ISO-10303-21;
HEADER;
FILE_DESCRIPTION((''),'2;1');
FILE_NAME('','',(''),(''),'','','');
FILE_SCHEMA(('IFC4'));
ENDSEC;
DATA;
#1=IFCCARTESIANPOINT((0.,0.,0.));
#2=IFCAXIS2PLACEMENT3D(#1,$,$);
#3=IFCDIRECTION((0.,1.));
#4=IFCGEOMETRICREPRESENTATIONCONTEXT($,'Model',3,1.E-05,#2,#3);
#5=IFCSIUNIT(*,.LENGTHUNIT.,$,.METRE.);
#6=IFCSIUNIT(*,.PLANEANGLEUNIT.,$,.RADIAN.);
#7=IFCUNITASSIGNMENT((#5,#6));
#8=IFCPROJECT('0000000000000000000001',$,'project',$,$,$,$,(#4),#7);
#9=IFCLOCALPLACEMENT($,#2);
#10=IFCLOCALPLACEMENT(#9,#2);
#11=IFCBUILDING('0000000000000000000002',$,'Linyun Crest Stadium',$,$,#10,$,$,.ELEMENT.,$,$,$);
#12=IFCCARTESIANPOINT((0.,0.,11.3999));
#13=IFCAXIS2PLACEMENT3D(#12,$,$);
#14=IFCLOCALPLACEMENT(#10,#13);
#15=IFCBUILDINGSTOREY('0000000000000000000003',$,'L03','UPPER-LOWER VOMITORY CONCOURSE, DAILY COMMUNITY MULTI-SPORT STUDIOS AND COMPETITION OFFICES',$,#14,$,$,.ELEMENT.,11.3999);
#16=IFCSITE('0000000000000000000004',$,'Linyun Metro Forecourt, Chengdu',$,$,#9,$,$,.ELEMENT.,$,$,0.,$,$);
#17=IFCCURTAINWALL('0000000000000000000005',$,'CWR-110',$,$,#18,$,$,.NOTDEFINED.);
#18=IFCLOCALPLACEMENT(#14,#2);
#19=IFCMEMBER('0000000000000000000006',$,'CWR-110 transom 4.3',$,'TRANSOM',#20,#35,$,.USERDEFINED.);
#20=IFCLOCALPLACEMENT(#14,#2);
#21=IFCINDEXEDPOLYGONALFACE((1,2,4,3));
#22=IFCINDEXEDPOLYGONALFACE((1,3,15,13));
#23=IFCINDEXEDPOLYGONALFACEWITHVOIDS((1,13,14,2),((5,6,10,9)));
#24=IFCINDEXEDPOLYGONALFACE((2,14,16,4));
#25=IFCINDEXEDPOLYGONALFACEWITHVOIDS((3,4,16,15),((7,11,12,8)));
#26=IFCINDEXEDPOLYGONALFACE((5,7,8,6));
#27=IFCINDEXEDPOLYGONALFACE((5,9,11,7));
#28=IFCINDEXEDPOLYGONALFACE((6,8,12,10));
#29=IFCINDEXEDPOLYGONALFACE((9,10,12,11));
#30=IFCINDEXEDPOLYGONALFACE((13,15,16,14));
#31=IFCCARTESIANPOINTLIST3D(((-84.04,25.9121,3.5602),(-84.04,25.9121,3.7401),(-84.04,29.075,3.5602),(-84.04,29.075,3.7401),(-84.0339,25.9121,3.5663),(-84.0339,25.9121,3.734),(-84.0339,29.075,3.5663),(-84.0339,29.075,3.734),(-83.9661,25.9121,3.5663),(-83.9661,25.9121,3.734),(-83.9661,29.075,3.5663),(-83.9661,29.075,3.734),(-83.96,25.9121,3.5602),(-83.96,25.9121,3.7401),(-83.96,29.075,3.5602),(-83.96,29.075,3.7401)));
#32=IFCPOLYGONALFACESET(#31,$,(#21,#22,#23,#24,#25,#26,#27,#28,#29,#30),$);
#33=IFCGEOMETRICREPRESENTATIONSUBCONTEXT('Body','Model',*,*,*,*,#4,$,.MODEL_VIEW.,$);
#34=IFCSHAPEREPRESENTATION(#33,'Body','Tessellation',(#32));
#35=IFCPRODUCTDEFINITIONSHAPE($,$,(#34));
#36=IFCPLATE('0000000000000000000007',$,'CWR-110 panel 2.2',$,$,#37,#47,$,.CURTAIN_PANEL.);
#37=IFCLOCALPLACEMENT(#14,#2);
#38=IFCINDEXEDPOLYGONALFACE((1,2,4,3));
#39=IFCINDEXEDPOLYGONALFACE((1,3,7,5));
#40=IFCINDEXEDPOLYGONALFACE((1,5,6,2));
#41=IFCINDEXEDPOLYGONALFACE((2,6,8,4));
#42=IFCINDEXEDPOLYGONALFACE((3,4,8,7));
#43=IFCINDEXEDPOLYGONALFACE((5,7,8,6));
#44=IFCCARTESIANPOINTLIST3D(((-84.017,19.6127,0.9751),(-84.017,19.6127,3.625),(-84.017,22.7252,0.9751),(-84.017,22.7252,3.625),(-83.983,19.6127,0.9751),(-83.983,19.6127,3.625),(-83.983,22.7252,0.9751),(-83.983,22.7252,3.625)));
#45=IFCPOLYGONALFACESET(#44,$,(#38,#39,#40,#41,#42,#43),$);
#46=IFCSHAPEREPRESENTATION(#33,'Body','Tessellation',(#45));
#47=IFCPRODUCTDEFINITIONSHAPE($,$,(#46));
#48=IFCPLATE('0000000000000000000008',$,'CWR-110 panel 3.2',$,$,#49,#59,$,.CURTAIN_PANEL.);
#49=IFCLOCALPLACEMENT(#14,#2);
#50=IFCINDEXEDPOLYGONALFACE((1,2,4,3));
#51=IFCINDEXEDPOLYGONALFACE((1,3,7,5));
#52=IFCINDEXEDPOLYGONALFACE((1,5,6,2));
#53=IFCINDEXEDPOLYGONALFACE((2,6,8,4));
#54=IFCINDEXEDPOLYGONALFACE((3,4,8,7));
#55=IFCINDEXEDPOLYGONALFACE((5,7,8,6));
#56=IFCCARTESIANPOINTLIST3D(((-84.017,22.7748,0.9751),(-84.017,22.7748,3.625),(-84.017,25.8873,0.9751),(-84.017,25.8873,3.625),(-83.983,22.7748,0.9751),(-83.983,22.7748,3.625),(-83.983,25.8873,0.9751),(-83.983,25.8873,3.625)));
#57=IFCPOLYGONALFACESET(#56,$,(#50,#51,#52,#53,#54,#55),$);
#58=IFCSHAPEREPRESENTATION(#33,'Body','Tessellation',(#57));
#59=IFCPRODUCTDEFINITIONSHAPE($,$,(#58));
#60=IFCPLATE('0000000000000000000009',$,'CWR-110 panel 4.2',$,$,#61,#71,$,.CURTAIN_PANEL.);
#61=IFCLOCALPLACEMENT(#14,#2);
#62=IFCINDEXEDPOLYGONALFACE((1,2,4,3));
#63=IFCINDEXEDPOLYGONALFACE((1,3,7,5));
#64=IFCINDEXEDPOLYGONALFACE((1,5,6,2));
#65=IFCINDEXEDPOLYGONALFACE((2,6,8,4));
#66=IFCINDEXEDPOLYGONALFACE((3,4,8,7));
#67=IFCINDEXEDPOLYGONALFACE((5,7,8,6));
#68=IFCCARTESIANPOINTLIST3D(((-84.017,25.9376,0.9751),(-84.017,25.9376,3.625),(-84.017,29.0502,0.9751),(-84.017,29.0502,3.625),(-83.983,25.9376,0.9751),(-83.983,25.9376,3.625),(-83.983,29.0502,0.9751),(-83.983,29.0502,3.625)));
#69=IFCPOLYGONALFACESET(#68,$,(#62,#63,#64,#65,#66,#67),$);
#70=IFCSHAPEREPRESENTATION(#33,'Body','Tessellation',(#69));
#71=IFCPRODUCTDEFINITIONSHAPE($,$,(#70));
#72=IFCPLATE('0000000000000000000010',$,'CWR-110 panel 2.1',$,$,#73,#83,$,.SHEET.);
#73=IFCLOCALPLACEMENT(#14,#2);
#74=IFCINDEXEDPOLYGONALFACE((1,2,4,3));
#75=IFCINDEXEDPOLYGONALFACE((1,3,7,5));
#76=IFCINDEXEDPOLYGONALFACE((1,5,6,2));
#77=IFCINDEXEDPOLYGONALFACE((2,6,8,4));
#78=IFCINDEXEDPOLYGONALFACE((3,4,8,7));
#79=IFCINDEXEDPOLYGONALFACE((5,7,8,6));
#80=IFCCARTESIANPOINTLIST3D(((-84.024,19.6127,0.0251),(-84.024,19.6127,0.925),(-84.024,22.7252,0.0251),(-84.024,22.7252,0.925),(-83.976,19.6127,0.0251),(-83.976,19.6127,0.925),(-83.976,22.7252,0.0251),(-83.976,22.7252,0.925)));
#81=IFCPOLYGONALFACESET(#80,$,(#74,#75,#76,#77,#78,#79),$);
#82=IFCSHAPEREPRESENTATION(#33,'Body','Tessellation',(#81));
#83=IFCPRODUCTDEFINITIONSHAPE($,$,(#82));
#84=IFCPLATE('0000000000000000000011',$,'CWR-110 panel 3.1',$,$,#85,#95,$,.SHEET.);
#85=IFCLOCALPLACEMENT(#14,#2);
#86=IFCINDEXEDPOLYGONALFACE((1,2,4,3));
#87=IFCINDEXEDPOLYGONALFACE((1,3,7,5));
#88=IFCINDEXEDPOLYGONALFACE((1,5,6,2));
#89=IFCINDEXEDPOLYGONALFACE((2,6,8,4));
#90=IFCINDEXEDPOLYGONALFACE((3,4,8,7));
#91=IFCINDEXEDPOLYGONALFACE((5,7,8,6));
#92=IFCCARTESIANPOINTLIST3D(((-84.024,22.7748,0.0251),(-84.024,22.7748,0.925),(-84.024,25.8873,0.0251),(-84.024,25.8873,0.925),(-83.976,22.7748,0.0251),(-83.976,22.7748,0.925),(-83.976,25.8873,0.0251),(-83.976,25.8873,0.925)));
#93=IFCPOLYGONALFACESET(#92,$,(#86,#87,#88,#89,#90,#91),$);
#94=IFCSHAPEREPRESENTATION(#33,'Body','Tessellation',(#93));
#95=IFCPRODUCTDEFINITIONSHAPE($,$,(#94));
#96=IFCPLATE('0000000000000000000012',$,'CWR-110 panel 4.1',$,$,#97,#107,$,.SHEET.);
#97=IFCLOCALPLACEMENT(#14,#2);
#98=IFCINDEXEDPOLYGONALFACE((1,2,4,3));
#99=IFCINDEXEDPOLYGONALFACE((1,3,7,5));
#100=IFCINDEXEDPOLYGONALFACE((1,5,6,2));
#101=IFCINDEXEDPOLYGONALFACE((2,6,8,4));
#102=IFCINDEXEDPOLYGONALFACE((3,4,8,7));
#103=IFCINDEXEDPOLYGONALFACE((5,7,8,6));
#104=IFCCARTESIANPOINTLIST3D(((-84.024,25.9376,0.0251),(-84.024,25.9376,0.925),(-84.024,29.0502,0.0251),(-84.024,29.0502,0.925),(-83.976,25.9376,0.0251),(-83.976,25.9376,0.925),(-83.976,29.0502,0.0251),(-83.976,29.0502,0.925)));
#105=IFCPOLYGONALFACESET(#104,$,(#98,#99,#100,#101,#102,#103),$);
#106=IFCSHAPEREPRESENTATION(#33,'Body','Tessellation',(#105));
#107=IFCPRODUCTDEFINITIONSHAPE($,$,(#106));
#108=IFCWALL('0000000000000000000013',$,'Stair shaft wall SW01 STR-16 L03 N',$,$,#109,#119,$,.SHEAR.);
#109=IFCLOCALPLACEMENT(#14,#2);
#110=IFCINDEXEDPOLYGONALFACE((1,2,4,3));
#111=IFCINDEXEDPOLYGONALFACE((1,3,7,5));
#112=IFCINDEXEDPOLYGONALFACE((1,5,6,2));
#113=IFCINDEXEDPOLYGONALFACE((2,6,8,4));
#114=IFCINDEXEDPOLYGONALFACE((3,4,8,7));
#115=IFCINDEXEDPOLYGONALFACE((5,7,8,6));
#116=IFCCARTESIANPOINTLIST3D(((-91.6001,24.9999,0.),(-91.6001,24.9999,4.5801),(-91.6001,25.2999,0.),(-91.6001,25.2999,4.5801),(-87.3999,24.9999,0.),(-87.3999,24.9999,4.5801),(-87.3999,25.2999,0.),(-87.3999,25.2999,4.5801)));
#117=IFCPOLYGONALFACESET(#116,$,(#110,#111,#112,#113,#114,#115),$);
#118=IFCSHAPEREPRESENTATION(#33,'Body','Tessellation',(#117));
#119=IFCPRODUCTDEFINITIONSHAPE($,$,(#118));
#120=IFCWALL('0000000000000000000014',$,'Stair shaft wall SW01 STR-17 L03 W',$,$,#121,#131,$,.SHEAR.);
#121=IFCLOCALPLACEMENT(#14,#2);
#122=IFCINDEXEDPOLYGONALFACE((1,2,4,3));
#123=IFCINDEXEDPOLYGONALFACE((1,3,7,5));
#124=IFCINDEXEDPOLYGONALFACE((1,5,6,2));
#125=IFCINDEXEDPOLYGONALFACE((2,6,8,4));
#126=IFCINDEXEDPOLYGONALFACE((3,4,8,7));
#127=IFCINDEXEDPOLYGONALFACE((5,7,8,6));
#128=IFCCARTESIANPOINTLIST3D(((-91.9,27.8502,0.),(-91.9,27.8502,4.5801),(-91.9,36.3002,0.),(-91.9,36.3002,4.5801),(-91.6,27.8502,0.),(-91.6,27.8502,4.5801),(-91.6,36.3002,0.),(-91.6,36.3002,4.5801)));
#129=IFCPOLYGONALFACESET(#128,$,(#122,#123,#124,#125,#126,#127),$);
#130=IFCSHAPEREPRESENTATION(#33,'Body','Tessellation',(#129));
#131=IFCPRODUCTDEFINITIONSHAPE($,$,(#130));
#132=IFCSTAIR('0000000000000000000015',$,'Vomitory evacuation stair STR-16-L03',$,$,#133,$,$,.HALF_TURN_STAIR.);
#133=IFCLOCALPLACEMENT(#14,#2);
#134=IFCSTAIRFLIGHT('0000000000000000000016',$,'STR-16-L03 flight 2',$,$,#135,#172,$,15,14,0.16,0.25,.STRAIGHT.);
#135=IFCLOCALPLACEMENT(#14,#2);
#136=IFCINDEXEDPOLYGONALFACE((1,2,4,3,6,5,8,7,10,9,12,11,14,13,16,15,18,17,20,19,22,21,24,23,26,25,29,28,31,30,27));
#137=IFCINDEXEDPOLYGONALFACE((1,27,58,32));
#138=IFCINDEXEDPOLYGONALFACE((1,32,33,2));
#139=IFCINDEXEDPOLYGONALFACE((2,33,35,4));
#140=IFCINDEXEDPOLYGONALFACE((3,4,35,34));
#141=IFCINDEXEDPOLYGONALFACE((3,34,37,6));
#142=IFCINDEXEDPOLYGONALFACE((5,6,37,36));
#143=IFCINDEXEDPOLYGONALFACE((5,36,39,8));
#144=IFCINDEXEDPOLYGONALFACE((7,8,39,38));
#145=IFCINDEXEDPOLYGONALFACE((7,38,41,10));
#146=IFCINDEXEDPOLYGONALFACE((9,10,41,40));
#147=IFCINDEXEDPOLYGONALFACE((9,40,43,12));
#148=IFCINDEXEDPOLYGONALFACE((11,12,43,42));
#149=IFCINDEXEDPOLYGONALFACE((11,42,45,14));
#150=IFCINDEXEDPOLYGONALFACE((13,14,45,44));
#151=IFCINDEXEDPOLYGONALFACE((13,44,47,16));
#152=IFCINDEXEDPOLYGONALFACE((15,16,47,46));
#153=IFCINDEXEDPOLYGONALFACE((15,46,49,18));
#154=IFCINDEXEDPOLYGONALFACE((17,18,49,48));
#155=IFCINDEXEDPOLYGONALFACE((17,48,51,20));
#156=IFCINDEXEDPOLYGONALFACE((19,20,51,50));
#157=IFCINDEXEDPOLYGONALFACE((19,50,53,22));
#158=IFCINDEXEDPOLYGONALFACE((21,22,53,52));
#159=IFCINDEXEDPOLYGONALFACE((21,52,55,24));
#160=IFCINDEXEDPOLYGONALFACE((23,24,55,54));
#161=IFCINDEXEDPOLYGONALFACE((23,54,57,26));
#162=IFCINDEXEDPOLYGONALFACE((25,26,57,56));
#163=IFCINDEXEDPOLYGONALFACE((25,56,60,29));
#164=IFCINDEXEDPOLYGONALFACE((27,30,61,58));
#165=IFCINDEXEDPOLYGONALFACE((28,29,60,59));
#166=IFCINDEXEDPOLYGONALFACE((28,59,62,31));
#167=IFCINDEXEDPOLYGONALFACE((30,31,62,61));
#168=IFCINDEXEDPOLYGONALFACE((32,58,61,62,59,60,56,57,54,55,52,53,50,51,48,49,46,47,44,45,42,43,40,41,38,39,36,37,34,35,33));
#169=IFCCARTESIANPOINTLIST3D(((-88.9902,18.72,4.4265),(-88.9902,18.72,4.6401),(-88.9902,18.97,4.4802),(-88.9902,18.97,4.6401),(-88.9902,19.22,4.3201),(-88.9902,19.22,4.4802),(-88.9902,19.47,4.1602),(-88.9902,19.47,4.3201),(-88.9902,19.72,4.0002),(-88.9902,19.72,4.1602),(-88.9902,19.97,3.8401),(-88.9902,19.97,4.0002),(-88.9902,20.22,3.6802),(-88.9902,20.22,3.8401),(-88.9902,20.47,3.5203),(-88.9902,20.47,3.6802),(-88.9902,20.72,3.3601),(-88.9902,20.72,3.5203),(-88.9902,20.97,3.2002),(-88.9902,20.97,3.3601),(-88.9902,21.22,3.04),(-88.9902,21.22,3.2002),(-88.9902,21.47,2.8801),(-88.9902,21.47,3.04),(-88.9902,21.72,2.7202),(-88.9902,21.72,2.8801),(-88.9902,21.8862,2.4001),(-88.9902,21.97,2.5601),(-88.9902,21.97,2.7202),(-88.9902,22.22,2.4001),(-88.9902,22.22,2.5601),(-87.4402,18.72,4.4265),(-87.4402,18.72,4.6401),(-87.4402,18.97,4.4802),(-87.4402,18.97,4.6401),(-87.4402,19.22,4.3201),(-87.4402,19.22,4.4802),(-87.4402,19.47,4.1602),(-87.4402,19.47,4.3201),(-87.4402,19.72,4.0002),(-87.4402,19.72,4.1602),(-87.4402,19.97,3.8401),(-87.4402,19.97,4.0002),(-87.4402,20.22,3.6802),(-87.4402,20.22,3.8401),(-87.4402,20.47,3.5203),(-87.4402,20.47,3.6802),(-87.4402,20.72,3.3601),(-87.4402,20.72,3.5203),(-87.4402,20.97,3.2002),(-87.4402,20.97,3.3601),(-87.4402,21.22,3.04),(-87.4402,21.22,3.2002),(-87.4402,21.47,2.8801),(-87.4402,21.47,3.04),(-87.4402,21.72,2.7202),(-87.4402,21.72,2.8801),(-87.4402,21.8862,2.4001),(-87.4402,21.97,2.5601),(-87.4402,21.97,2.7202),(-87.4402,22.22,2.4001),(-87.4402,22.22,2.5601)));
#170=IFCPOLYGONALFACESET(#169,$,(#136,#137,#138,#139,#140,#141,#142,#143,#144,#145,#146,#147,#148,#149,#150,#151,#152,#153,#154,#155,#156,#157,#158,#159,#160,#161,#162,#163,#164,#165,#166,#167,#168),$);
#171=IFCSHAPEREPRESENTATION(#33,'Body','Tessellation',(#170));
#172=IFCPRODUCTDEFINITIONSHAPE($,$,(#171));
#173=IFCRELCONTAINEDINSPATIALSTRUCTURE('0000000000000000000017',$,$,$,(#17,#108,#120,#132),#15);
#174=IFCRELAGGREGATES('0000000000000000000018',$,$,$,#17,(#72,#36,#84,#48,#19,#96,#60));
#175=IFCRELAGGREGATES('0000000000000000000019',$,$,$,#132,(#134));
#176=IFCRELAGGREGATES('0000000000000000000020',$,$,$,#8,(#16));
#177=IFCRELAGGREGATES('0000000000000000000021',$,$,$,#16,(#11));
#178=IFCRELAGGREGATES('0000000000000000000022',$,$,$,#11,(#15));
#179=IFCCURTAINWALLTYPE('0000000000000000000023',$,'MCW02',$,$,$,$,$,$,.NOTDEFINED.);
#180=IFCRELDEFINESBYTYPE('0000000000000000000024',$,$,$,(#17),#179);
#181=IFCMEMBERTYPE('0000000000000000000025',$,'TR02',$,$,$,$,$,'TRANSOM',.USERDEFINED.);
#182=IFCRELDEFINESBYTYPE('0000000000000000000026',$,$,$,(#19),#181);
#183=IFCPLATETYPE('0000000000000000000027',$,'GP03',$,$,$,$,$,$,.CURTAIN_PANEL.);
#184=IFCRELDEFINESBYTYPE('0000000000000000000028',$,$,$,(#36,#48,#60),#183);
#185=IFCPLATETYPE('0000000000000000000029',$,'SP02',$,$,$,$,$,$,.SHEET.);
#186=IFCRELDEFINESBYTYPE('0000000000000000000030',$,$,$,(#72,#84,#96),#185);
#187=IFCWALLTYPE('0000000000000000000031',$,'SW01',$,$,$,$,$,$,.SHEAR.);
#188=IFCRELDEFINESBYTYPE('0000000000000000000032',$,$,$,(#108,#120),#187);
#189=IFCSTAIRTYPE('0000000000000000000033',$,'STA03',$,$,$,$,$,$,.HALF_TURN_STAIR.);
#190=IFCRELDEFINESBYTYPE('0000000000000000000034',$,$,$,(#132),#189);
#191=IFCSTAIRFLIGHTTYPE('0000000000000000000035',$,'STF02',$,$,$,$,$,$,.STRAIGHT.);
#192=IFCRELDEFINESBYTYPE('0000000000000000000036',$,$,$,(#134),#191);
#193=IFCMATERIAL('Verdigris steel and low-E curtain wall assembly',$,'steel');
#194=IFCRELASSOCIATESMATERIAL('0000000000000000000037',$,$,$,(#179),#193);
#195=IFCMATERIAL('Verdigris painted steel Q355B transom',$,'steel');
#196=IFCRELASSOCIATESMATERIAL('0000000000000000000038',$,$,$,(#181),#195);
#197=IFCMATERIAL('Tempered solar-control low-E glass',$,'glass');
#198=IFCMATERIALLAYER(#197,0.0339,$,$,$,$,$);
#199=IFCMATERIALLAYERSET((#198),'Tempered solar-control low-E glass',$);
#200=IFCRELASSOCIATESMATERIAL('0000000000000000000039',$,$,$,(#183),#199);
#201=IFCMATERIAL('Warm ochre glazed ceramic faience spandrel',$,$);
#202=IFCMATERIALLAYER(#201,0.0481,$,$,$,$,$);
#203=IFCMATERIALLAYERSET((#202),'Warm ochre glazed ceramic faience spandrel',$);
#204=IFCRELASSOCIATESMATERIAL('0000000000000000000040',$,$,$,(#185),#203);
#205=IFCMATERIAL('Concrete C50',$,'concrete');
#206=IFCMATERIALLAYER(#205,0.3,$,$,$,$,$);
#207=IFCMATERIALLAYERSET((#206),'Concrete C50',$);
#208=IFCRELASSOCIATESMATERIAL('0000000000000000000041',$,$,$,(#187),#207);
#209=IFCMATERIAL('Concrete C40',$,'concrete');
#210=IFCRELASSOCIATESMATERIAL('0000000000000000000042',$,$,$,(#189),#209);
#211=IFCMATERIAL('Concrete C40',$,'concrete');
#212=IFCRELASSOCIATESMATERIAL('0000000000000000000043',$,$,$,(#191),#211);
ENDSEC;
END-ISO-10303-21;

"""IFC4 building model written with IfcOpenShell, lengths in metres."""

from ifc_helpers import new_model, si_unit, direction, frame, frame_2d, origin, origin_2d, place, context, subcontext, project, spatial, polyline, rectangle, hollow_rectangle, outline, extrude, material, layer, layer_set, material_profile, profile_set, type_object, element, aggregate, save


model = new_model("IFC4")

# Units and contexts
model_context = context("Model", 3, precision=1e-05, world=origin(), true_north=direction((0.0, 1.0)))
body_context = subcontext(model_context, "Body", "Model", "MODEL_VIEW")
ifc_project = project(units=[si_unit("LENGTHUNIT", "METRE"), si_unit("PLANEANGLEUNIT", "RADIAN")], contexts=[model_context])

# Site, building, storey
site_placement = place(None, origin())
site = spatial("IfcSite", under=ifc_project, at=site_placement, Name="Linyun Metro Forecourt, Chengdu", CompositionType="ELEMENT", RefElevation=0.0)
building_placement = place(site_placement, origin())
building = spatial("IfcBuilding", under=site, at=building_placement, Name="Linyun Crest Stadium", CompositionType="ELEMENT")
storey_placement = place(building_placement, frame((0.0, 0.0, 11.3999)))
storey = spatial("IfcBuildingStorey", under=building, at=storey_placement, Name="L03", Description="UPPER-LOWER VOMITORY CONCOURSE, DAILY COMMUNITY MULTI-SPORT STUDIOS AND COMPETITION OFFICES", CompositionType="ELEMENT", Elevation=11.3999)

# Curtain wall, member, plates
ifc_material_1 = material(Name="Verdigris steel and low-E curtain wall assembly", Category="steel")
curtain_wall_type = type_object("IfcCurtainWallType", Name="MCW02", PredefinedType="NOTDEFINED", material=ifc_material_1)
curtain_wall_placement = place(storey_placement, origin())
curtain_wall = element("IfcCurtainWall", 1, at=curtain_wall_placement, inside=storey, type_object=curtain_wall_type, Name="CWR-110", PredefinedType="NOTDEFINED")
ifc_material_2 = material(Name="Verdigris painted steel Q355B transom", Category="steel")
ifc_material_profile_1 = material_profile(ifc_material_2, hollow_rectangle(XDim=0.0801, YDim=0.1799, WallThickness=0.0061, at=origin_2d()), Name="RHS 180x80x6")
ifc_profile_set_1 = profile_set([ifc_material_profile_1], Name="Verdigris painted steel Q355B transom")
member_type_1 = type_object("IfcMemberType", Name="TR02", ElementType="TRANSOM", PredefinedType="USERDEFINED", material=ifc_profile_set_1)
member_1_placement = place(storey_placement, frame((-84.0, 25.9121, 3.6501), z_axis=(0.0, 1.0, 0.0), x_axis=(-1.0, 0.0, 0.0)))
member_1 = element("IfcMember", 2, at=member_1_placement, type_object=member_type_1, Name="CWR-110 transom 4.3", ObjectType="TRANSOM", PredefinedType="USERDEFINED", context=body_context, shape_type="SweptSolid", body=[
    extrude(hollow_rectangle(XDim=0.0801, YDim=0.1799, WallThickness=0.0061, at=origin_2d()), origin(), (0.0, 0.0, 1.0), 3.1628),
])
ifc_material_3 = material(Name="Tempered solar-control low-E glass", Category="glass")
ifc_layer_1 = layer(ifc_material_3, 0.0339)
ifc_layer_set_1 = layer_set([ifc_layer_1], Name="Tempered solar-control low-E glass")
plate_type_1 = type_object("IfcPlateType", Name="GP03", PredefinedType="CURTAIN_PANEL", material=ifc_layer_set_1)
plate_1_placement = place(storey_placement, frame((-84.0, 21.1689, 0.9751), z_axis=(0.0, 0.0, 1.0), x_axis=(0.0, 1.0, 0.0)))
plate_1 = element("IfcPlate", 3, at=plate_1_placement, type_object=plate_type_1, Name="CWR-110 panel 2.2", PredefinedType="CURTAIN_PANEL", context=body_context, shape_type="SweptSolid", body=[
    extrude(rectangle(XDim=3.1125, YDim=0.0339, at=origin_2d()), origin(), (0.0, 0.0, 1.0), 2.6499),
])
plate_2_placement = place(storey_placement, frame((-84.0, 24.3311, 0.9751), z_axis=(0.0, 0.0, 1.0), x_axis=(0.0, 1.0, 0.0)))
plate_2 = element("IfcPlate", 4, at=plate_2_placement, type_object=plate_type_1, Name="CWR-110 panel 3.2", PredefinedType="CURTAIN_PANEL", context=body_context, shape_type="SweptSolid", body=[
    extrude(rectangle(XDim=3.1125, YDim=0.0339, at=origin_2d()), origin(), (0.0, 0.0, 1.0), 2.6499),
])
plate_3_placement = place(storey_placement, frame((-84.0, 27.4939, 0.9751), z_axis=(0.0, 0.0, 1.0), x_axis=(0.0, 1.0, 0.0)))
plate_3 = element("IfcPlate", 5, at=plate_3_placement, type_object=plate_type_1, Name="CWR-110 panel 4.2", PredefinedType="CURTAIN_PANEL", context=body_context, shape_type="SweptSolid", body=[
    extrude(rectangle(XDim=3.1125, YDim=0.0339, at=origin_2d()), origin(), (0.0, 0.0, 1.0), 2.6499),
])
ifc_material_4 = material(Name="Warm ochre glazed ceramic faience spandrel")
ifc_layer_2 = layer(ifc_material_4, 0.0481)
ifc_layer_set_2 = layer_set([ifc_layer_2], Name="Warm ochre glazed ceramic faience spandrel")
plate_type_2 = type_object("IfcPlateType", Name="SP02", PredefinedType="SHEET", material=ifc_layer_set_2)
plate_4_placement = place(storey_placement, frame((-84.0, 21.1689, 0.0251), z_axis=(0.0, 0.0, 1.0), x_axis=(0.0, 1.0, 0.0)))
plate_4 = element("IfcPlate", 6, at=plate_4_placement, type_object=plate_type_2, Name="CWR-110 panel 2.1", PredefinedType="SHEET", context=body_context, shape_type="SweptSolid", body=[
    extrude(rectangle(XDim=3.1125, YDim=0.0481, at=origin_2d()), origin(), (0.0, 0.0, 1.0), 0.8999),
])
plate_5_placement = place(storey_placement, frame((-84.0, 24.3311, 0.0251), z_axis=(0.0, 0.0, 1.0), x_axis=(0.0, 1.0, 0.0)))
plate_5 = element("IfcPlate", 7, at=plate_5_placement, type_object=plate_type_2, Name="CWR-110 panel 3.1", PredefinedType="SHEET", context=body_context, shape_type="SweptSolid", body=[
    extrude(rectangle(XDim=3.1125, YDim=0.0481, at=origin_2d()), origin(), (0.0, 0.0, 1.0), 0.8999),
])
plate_6_placement = place(storey_placement, frame((-84.0, 27.4939, 0.0251), z_axis=(0.0, 0.0, 1.0), x_axis=(0.0, 1.0, 0.0)))
plate_6 = element("IfcPlate", 8, at=plate_6_placement, type_object=plate_type_2, Name="CWR-110 panel 4.1", PredefinedType="SHEET", context=body_context, shape_type="SweptSolid", body=[
    extrude(rectangle(XDim=3.1125, YDim=0.0481, at=origin_2d()), origin(), (0.0, 0.0, 1.0), 0.8999),
])
aggregate(curtain_wall, [plate_4, plate_1, plate_5, plate_2, member_1, plate_6, plate_3])

# Walls
ifc_material_5 = material(Name="Concrete C50", Category="concrete")
ifc_layer_3 = layer(ifc_material_5, 0.3)
ifc_layer_set_3 = layer_set([ifc_layer_3], Name="Concrete C50")
wall_type = type_object("IfcWallType", Name="SW01", PredefinedType="SHEAR", material=ifc_layer_set_3)
wall_1_placement = place(storey_placement, frame((-91.6001, 25.1499, 0.0), z_axis=(0.0, 0.0, 1.0), x_axis=(1.0, 0.0, 0.0)))
element("IfcWall", 9, at=wall_1_placement, inside=storey, type_object=wall_type, Name="Stair shaft wall SW01 STR-16 L03 N", PredefinedType="SHEAR", context=body_context, shape_type="SweptSolid", body=[
    extrude(rectangle(XDim=4.2002, YDim=0.3, at=frame_2d((2.1001, 0.0))), origin(), (0.0, 0.0, 1.0), 4.5801),
])
wall_2_placement = place(storey_placement, frame((-91.75, 27.8501, 0.0), z_axis=(0.0, 0.0, 1.0), x_axis=(0.0, 1.0, 0.0)))
element("IfcWall", 10, at=wall_2_placement, inside=storey, type_object=wall_type, Name="Stair shaft wall SW01 STR-17 L03 W", PredefinedType="SHEAR", context=body_context, shape_type="SweptSolid", body=[
    extrude(rectangle(XDim=8.45, YDim=0.3, at=frame_2d((4.2251, 0.0))), origin(), (0.0, 0.0, 1.0), 4.5801),
])

# Stair, stair flight
ifc_material_6 = material(Name="Concrete C40", Category="concrete")
stair_type = type_object("IfcStairType", Name="STA03", PredefinedType="HALF_TURN_STAIR", material=ifc_material_6)
stair_placement = place(storey_placement, origin())
stair = element("IfcStair", 11, at=stair_placement, inside=storey, type_object=stair_type, Name="Vomitory evacuation stair STR-16-L03", PredefinedType="HALF_TURN_STAIR")
ifc_material_7 = material(Name="Concrete C40", Category="concrete")
stair_flight_type = type_object("IfcStairFlightType", Name="STF02", PredefinedType="STRAIGHT", material=ifc_material_7)
stair_flight_placement = place(storey_placement, frame((-88.2151, 22.22, 2.4001), z_axis=(0.0, 0.0, 1.0), x_axis=(0.0, -1.0, 0.0)))
stair_flight = element("IfcStairFlight", 12, at=stair_flight_placement, type_object=stair_flight_type, Name="STR-16-L03 flight 2", NumberOfRisers=15, NumberOfTreads=14, PredefinedType="STRAIGHT", RiserHeight=0.16, TreadLength=0.25, context=body_context, shape_type="SweptSolid", body=[
    extrude(outline(polyline([(0.0, 0.0), (0.0, 0.1599), (0.25, 0.1599), (0.25, 0.3201), (0.5, 0.3201), (0.5, 0.48), (0.75, 0.48), (0.75, 0.6399), (1.0, 0.6399), (1.0, 0.8), (1.25, 0.8), (1.25, 0.96), (1.5, 0.96), (1.5, 1.1201), (1.75, 1.1201), (1.75, 1.28), (2.0, 1.28), (2.0, 1.4399), (2.25, 1.4399), (2.25, 1.6001), (2.5, 1.6001), (2.5, 1.76), (2.75, 1.76), (2.75, 1.9199), (3.0, 1.9199), (3.0, 2.0801), (3.25, 2.0801), (3.25, 2.24), (3.5, 2.24), (3.5, 2.3999), (3.5, 2.0264), (0.3337, 0.0), (0.0, 0.0)])), frame((0.0, 0.7749, 0.0), z_axis=(0.0, -1.0, 0.0), x_axis=(1.0, 0.0, 0.0)), (0.0, 0.0, 1.0), 1.55),
])
aggregate(stair, [stair_flight])

save(model, "model.ifc")
